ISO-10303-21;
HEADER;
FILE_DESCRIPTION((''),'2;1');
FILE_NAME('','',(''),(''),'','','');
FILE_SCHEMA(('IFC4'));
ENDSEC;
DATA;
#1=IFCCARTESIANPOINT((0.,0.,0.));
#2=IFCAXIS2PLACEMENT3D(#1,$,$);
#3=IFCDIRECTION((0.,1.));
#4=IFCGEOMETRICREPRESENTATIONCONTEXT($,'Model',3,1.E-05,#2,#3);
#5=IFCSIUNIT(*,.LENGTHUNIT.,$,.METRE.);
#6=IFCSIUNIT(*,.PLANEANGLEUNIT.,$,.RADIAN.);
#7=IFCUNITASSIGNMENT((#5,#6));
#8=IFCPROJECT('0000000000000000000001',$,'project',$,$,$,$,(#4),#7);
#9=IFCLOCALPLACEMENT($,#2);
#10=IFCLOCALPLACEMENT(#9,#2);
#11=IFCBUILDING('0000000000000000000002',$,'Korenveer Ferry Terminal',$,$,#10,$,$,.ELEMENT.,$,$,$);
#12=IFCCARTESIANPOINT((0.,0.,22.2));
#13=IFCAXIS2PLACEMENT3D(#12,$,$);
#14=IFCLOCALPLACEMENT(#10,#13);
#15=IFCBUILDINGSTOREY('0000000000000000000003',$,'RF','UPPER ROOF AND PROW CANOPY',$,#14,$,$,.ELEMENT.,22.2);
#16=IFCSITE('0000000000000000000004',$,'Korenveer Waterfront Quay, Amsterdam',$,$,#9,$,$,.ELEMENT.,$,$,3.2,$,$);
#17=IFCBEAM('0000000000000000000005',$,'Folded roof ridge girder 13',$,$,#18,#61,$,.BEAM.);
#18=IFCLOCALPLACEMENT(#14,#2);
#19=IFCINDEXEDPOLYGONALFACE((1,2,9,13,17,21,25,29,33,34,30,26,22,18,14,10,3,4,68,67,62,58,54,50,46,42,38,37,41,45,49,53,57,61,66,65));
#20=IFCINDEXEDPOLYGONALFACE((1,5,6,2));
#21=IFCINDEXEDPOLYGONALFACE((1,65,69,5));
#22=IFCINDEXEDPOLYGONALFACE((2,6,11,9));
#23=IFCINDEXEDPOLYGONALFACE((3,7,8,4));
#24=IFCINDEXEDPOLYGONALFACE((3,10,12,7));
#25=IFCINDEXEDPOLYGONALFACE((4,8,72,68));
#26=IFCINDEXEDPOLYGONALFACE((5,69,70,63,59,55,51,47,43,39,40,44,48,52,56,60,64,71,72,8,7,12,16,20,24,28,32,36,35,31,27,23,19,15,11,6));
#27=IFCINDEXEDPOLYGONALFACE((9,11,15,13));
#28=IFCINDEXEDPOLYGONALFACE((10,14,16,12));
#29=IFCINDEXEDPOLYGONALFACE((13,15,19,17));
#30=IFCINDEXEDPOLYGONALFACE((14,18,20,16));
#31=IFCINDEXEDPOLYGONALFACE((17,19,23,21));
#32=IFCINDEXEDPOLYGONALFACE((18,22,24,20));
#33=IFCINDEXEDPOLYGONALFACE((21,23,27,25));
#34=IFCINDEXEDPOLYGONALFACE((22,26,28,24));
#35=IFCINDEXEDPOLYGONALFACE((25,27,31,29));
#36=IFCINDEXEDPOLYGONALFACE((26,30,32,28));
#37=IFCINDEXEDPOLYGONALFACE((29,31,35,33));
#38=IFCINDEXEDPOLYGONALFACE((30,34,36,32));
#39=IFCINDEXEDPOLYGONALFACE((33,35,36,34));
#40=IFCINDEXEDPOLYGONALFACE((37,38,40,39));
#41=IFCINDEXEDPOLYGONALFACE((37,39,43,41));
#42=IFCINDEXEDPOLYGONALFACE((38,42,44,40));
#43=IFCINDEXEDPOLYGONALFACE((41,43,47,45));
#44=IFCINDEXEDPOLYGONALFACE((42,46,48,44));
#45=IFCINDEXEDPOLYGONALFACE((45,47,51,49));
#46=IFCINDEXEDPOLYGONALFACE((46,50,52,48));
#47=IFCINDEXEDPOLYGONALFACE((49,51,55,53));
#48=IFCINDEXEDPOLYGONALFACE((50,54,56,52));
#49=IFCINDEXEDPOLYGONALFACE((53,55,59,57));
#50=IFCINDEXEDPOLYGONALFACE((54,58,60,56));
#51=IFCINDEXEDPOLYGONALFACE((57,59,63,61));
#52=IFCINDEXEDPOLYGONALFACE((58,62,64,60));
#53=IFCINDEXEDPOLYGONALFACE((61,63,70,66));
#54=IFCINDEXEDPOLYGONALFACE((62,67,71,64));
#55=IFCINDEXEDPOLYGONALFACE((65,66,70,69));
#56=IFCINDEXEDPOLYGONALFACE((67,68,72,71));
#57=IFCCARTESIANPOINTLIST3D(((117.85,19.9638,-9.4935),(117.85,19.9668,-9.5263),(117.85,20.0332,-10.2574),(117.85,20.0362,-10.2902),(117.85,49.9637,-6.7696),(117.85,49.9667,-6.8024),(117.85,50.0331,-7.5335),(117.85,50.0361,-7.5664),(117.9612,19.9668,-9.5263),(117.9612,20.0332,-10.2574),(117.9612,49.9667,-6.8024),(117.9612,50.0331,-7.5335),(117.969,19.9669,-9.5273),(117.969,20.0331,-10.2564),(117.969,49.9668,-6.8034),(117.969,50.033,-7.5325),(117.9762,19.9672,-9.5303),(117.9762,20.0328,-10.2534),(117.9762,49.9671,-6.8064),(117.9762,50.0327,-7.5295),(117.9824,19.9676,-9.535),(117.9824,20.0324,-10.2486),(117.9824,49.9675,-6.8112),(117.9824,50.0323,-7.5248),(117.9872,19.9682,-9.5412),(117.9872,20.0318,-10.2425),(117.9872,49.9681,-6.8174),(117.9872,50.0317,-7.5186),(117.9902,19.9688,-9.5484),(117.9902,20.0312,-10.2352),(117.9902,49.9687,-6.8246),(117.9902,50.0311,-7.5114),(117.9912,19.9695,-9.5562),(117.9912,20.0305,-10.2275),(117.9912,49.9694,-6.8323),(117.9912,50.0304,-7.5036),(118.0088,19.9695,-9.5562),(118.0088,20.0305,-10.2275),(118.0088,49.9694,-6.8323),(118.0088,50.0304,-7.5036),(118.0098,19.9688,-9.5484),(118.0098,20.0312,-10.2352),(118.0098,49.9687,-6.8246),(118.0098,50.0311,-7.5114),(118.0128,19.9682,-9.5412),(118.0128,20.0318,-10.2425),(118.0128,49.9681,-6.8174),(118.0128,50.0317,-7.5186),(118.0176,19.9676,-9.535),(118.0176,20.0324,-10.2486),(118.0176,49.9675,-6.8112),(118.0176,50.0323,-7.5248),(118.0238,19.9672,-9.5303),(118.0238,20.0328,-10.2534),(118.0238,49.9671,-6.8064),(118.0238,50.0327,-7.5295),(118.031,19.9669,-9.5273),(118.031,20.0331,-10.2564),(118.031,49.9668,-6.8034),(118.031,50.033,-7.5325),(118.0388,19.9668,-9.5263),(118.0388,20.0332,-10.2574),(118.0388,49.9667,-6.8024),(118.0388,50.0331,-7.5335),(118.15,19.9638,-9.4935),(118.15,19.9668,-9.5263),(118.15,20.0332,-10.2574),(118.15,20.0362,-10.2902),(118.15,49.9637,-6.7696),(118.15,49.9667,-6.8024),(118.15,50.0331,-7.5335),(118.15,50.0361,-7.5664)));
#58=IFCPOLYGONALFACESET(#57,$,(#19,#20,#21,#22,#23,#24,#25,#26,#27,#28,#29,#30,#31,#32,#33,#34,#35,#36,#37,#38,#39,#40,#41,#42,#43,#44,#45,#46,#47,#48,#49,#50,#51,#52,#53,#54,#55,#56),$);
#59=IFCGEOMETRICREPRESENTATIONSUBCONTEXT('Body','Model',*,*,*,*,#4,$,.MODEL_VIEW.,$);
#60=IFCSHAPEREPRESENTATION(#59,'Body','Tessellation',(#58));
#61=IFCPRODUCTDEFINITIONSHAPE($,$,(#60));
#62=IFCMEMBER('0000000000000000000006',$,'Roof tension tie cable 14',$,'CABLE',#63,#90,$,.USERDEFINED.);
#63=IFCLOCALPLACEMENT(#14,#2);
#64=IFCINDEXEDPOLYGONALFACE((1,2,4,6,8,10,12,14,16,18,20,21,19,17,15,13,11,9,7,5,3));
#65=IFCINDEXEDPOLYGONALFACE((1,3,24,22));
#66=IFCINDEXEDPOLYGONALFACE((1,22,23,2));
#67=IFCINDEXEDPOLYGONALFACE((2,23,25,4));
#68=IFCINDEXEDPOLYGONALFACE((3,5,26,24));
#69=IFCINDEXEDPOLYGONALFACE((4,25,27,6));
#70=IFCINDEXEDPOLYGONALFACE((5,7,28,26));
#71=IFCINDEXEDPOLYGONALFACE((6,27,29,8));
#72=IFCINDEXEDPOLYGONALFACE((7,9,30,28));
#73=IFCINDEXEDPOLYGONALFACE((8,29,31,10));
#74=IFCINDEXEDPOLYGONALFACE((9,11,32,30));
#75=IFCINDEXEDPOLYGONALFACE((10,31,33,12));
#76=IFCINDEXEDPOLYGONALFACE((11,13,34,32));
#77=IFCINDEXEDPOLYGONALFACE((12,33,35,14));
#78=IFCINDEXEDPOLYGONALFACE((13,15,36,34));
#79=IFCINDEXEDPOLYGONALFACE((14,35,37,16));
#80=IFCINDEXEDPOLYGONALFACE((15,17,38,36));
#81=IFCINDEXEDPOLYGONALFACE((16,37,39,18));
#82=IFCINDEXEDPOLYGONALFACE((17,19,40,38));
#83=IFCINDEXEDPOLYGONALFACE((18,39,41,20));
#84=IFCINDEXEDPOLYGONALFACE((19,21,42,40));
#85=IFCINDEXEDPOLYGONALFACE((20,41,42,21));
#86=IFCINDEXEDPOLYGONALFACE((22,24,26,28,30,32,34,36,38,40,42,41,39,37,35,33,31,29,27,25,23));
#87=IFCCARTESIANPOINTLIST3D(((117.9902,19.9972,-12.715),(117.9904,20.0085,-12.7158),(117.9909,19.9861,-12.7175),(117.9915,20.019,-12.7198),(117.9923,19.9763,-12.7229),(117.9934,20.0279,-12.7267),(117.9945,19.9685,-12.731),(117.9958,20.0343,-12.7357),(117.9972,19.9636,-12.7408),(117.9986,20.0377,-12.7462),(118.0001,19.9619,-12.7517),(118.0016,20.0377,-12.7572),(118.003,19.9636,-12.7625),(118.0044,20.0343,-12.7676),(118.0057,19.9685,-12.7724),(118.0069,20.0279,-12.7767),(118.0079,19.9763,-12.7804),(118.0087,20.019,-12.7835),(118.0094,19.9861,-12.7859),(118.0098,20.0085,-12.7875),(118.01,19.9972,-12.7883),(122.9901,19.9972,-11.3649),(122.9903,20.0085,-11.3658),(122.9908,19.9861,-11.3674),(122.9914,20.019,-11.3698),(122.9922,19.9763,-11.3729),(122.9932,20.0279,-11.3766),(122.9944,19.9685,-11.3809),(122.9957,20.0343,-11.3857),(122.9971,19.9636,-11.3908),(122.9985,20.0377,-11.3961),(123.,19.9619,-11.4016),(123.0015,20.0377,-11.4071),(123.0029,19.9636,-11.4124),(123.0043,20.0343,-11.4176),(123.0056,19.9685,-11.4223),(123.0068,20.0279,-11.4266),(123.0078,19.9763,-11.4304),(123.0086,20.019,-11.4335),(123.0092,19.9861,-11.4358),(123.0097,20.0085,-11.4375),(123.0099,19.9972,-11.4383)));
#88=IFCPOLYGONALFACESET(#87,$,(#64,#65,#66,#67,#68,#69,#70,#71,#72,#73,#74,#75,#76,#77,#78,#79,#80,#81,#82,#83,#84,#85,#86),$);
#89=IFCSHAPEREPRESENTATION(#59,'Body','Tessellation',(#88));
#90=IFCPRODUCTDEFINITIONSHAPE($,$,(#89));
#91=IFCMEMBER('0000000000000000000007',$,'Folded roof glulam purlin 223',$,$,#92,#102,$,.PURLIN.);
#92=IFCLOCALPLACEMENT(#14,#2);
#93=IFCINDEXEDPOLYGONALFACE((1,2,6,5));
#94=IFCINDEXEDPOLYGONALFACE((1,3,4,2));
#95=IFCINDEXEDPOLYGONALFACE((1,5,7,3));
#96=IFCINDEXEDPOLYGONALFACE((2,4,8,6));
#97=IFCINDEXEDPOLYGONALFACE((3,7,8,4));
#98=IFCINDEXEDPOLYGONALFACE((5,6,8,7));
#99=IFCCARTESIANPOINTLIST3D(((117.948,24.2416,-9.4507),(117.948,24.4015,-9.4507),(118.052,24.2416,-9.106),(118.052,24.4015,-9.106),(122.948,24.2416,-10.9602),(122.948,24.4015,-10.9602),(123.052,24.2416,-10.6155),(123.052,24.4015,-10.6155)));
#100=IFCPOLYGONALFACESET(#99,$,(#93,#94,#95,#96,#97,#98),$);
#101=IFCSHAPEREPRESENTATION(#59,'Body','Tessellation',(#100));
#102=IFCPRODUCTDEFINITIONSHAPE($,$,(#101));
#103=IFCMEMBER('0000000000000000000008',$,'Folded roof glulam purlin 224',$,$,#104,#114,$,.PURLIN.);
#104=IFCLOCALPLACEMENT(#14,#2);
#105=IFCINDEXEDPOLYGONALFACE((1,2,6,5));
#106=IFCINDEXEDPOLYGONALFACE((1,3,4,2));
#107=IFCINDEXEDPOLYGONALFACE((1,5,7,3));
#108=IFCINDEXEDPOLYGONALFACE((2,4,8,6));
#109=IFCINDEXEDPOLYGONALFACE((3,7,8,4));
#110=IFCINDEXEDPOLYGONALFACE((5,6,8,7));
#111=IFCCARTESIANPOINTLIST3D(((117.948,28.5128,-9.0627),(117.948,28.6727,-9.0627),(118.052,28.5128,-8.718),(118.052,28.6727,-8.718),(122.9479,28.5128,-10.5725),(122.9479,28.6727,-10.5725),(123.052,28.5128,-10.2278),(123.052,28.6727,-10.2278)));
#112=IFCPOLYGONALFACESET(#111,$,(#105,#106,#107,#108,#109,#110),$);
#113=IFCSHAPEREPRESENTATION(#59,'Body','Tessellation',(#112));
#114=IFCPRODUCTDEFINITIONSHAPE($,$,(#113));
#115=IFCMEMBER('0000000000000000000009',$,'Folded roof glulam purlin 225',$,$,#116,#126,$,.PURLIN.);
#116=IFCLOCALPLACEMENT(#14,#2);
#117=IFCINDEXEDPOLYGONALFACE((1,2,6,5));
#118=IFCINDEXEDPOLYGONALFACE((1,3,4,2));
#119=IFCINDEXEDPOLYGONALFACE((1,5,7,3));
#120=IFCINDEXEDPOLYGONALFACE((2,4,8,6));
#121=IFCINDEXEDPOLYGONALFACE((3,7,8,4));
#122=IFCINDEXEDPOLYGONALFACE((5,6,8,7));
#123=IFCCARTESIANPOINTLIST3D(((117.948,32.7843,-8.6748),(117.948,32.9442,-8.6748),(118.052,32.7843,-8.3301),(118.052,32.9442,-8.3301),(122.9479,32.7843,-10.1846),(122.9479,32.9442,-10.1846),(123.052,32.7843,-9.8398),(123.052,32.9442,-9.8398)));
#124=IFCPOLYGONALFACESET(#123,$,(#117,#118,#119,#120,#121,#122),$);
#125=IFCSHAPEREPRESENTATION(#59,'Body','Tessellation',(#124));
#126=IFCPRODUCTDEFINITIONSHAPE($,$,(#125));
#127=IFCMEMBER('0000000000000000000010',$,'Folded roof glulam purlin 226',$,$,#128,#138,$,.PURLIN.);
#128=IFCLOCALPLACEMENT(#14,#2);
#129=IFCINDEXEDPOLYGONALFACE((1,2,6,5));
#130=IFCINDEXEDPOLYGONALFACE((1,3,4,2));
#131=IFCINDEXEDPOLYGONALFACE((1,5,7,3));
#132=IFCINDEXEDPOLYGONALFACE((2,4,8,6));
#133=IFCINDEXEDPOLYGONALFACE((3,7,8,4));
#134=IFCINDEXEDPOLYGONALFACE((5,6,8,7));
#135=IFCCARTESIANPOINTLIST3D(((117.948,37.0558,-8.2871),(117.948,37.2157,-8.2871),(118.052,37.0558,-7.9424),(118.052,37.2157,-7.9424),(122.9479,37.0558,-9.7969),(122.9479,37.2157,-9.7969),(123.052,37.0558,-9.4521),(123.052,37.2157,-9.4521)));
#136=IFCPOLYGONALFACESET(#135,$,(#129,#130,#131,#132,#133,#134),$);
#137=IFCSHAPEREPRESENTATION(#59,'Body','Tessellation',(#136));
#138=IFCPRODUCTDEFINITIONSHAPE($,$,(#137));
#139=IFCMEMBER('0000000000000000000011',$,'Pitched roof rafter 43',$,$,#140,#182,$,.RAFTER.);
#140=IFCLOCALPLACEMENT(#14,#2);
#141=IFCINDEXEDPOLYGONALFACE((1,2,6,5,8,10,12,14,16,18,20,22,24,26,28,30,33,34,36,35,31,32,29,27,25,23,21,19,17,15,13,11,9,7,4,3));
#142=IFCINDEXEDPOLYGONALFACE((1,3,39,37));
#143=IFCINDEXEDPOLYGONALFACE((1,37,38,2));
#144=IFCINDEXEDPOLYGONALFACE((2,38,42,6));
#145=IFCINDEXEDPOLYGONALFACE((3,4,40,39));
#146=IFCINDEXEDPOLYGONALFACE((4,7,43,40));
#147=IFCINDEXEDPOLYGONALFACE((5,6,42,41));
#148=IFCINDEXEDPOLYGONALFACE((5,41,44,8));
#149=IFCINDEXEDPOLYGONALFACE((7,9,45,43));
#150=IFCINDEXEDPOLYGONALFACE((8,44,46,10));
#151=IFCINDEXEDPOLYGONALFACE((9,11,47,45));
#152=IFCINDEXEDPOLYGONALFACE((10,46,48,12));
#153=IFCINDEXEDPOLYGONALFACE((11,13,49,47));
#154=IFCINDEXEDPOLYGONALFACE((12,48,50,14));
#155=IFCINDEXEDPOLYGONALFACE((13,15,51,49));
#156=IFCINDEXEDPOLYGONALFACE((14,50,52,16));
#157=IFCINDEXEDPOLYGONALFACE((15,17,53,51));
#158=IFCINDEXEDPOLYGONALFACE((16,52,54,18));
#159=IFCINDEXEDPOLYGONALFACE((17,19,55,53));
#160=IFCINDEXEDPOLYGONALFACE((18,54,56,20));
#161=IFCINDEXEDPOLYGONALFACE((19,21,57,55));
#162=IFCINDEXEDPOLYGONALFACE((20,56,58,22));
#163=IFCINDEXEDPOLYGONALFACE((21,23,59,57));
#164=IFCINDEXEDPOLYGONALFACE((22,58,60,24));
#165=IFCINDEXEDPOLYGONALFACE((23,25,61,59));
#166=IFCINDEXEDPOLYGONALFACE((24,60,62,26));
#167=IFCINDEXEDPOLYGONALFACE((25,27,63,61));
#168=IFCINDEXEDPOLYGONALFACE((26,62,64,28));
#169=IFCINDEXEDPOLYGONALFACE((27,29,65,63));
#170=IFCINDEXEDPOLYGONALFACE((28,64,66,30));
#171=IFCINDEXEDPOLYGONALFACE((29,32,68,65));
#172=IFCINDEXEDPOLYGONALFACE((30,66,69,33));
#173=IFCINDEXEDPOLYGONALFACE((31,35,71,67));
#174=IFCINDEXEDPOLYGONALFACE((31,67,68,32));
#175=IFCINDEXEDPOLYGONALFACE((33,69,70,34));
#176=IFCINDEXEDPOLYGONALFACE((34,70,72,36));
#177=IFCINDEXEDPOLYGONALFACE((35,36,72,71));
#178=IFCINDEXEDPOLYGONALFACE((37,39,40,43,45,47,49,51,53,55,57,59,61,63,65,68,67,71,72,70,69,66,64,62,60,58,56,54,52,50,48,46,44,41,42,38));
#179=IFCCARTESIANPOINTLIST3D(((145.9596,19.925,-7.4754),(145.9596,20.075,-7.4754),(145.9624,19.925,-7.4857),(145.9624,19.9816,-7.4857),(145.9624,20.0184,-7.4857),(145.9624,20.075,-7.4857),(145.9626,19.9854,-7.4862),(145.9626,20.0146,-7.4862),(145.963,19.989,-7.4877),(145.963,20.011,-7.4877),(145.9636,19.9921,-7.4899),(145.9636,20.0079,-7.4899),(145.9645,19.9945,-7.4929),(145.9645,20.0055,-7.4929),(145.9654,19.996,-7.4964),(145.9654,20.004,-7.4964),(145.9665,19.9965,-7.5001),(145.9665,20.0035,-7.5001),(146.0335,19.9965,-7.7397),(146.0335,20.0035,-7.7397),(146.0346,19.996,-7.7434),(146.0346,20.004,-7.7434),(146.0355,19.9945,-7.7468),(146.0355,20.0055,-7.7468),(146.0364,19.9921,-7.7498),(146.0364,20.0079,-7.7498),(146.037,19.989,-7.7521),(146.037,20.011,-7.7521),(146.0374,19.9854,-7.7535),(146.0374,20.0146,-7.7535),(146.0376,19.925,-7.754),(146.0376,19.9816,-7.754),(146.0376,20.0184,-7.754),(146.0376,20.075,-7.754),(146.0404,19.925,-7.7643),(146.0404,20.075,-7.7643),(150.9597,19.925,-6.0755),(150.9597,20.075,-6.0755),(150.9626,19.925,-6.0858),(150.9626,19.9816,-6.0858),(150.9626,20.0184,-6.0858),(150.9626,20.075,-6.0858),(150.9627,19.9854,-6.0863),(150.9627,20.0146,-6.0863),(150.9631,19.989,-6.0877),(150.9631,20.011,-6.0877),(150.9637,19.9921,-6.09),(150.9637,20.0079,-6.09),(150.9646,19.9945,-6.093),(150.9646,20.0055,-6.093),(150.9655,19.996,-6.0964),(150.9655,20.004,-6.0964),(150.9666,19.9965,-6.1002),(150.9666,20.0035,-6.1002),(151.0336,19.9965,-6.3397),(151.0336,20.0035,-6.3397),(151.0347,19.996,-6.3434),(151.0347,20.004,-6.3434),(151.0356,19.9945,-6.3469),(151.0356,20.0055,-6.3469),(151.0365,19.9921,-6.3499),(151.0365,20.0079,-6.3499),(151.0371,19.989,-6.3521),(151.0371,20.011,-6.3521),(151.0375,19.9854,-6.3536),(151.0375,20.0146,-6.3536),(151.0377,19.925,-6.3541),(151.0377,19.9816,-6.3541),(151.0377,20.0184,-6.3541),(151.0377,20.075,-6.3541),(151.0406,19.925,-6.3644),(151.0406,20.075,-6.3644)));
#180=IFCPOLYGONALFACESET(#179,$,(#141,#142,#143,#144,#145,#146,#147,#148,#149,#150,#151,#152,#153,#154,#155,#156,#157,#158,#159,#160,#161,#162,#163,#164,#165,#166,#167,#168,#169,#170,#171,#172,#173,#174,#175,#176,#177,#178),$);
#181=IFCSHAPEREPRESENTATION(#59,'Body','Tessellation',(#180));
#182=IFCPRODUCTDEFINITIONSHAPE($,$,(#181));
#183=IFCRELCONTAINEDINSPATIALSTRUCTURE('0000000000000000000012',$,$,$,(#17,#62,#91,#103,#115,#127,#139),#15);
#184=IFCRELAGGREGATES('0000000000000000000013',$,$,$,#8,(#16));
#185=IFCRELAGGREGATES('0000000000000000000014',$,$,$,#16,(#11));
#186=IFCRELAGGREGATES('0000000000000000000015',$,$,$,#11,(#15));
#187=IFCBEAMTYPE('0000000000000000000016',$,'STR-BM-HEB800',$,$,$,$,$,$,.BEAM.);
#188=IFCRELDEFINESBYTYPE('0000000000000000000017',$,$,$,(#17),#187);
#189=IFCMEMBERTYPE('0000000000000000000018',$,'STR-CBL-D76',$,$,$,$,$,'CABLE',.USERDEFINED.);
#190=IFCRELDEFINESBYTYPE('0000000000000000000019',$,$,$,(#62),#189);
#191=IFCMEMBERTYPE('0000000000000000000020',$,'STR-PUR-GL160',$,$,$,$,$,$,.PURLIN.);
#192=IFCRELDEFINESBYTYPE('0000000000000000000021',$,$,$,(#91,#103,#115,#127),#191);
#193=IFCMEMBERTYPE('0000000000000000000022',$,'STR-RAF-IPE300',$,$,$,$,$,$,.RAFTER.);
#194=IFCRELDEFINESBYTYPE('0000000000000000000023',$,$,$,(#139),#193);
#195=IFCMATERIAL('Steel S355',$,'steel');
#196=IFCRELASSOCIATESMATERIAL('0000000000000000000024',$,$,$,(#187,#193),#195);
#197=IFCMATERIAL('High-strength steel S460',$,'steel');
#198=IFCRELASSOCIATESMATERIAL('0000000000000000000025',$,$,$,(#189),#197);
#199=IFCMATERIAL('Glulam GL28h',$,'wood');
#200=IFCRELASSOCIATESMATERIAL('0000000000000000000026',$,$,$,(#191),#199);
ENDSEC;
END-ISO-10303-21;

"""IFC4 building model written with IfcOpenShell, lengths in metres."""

from ifc_helpers import new_model, si_unit, direction, frame, origin, origin_2d, place, context, subcontext, project, spatial, rectangle, circle, i_section, extrude, material, material_profile, profile_set, type_object, element, save


model = new_model("IFC4")

# Units and contexts
model_context = context("Model", 3, precision=1e-05, world=origin(), true_north=direction((0.0, 1.0)))
body_context = subcontext(model_context, "Body", "Model", "MODEL_VIEW")
ifc_project = project(units=[si_unit("LENGTHUNIT", "METRE"), si_unit("PLANEANGLEUNIT", "RADIAN")], contexts=[model_context])

# Site, building, storey
site_placement = place(None, origin())
site = spatial("IfcSite", under=ifc_project, at=site_placement, Name="Korenveer Waterfront Quay, Amsterdam", CompositionType="ELEMENT", RefElevation=3.2)
building_placement = place(site_placement, origin())
building = spatial("IfcBuilding", under=site, at=building_placement, Name="Korenveer Ferry Terminal", CompositionType="ELEMENT")
storey_placement = place(building_placement, frame((0.0, 0.0, 22.2)))
storey = spatial("IfcBuildingStorey", under=building, at=storey_placement, Name="RF", Description="UPPER ROOF AND PROW CANOPY", CompositionType="ELEMENT", Elevation=22.2)

# Beam
ifc_material_1 = material(Name="Steel S355", Category="steel")
ifc_material_profile_1 = material_profile(ifc_material_1, i_section(OverallWidth=0.3, OverallDepth=0.8, WebThickness=0.0176, FlangeThickness=0.033, FilletRadius=0.03, at=origin_2d()), Name="HEB 800")
ifc_profile_set_1 = profile_set([ifc_material_profile_1], Name="Steel S355")
beam_type_1 = type_object("IfcBeamType", Name="STR-BM-HEB800", PredefinedType="BEAM", material=ifc_profile_set_1)
beam_placement = place(storey_placement, frame((118.0, 20.0, -9.8918), z_axis=(0.0, 0.995903, 0.090424), x_axis=(-1.0, 0.0, 0.0)))
element("IfcBeam", 1, at=beam_placement, inside=storey, type_object=beam_type_1, Name="Folded roof ridge girder 13", PredefinedType="BEAM", context=body_context, shape_type="SweptSolid", body=[
    extrude(i_section(OverallWidth=0.3, OverallDepth=0.8, WebThickness=0.0176, FlangeThickness=0.033, FilletRadius=0.03, at=origin_2d()), origin(), (0.0, 0.0, 1.0), 30.1233),
])

# Members
ifc_material_2 = material(Name="High-strength steel S460", Category="steel")
ifc_material_profile_2 = material_profile(ifc_material_2, circle(Radius=0.0381, at=origin_2d()), Name="ROD D76")
ifc_profile_set_2 = profile_set([ifc_material_profile_2], Name="High-strength steel S460")
member_type_1 = type_object("IfcMemberType", Name="STR-CBL-D76", ElementType="CABLE", PredefinedType="USERDEFINED", material=ifc_profile_set_2)
member_1_placement = place(storey_placement, frame((123.0, 20.0, -11.4016), z_axis=(-0.965424, 0.0, -0.260683), x_axis=(0.0, -1.0, 0.0)))
element("IfcMember", 2, at=member_1_placement, inside=storey, type_object=member_type_1, Name="Roof tension tie cable 14", ObjectType="CABLE", PredefinedType="USERDEFINED", context=body_context, shape_type="SweptSolid", body=[
    extrude(circle(Radius=0.0381, at=origin_2d()), origin(), (0.0, 0.0, 1.0), 5.179),
])
ifc_material_3 = material(Name="Glulam GL28h", Category="wood")
ifc_material_profile_3 = material_profile(ifc_material_3, rectangle(XDim=0.1599, YDim=0.3601, at=origin_2d()), Name="GL 160x360")
ifc_profile_set_3 = profile_set([ifc_material_profile_3], Name="Glulam GL28h")
member_type_2 = type_object("IfcMemberType", Name="STR-PUR-GL160", PredefinedType="PURLIN", material=ifc_profile_set_3)
for number, where, z_axis, x_axis, name in (
    (3, (118.0, 24.3215, -9.2783), (0.957323, 0.0, -0.28902), (0.0, 1.0, 0.0), "Folded roof glulam purlin 223"),
    (4, (118.0, 28.5928, -8.8904), (0.95731, 0.0, -0.289063), (0.0, 1.0, 0.0), "Folded roof glulam purlin 224"),
    (5, (118.0, 32.8643, -8.5024), (0.95731, 0.0, -0.289063), (0.0, 1.0, 0.0), "Folded roof glulam purlin 225"),
    (6, (118.0, 37.1357, -8.1147), (0.95731, 0.0, -0.289063), (0.0, 1.0, 0.0), "Folded roof glulam purlin 226"),
):
    element("IfcMember", number, at=place(storey_placement, frame(where, z_axis=z_axis, x_axis=x_axis)), inside=storey, type_object=member_type_2, Name=name, PredefinedType="PURLIN", context=body_context, shape_type="SweptSolid", body=[
        extrude(rectangle(XDim=0.1599, YDim=0.3601, at=origin_2d()), origin(), (0.0, 0.0, 1.0), 5.2229),
    ])
ifc_material_profile_4 = material_profile(ifc_material_1, i_section(OverallWidth=0.1499, OverallDepth=0.3, WebThickness=0.0071, FlangeThickness=0.0107, FilletRadius=0.0149, at=origin_2d()), Name="IPE 300")
ifc_profile_set_4 = profile_set([ifc_material_profile_4], Name="Steel S355")
member_type_3 = type_object("IfcMemberType", Name="STR-RAF-IPE300", PredefinedType="RAFTER", material=ifc_profile_set_4)
for number, where, z_axis, x_axis, name in (
    (7, (146.0, 20.0, -7.6199), (0.962969, 0.0, 0.269612), (0.0, 1.0, 0.0), "Pitched roof rafter 43"),
):
    element("IfcMember", number, at=place(storey_placement, frame(where, z_axis=z_axis, x_axis=x_axis)), inside=storey, type_object=member_type_3, Name=name, PredefinedType="RAFTER", context=body_context, shape_type="SweptSolid", body=[
        extrude(i_section(OverallWidth=0.1499, OverallDepth=0.3, WebThickness=0.0071, FlangeThickness=0.0107, FilletRadius=0.0149, at=origin_2d()), origin(), (0.0, 0.0, 1.0), 5.1924),
    ])

save(model, "model.ifc")
